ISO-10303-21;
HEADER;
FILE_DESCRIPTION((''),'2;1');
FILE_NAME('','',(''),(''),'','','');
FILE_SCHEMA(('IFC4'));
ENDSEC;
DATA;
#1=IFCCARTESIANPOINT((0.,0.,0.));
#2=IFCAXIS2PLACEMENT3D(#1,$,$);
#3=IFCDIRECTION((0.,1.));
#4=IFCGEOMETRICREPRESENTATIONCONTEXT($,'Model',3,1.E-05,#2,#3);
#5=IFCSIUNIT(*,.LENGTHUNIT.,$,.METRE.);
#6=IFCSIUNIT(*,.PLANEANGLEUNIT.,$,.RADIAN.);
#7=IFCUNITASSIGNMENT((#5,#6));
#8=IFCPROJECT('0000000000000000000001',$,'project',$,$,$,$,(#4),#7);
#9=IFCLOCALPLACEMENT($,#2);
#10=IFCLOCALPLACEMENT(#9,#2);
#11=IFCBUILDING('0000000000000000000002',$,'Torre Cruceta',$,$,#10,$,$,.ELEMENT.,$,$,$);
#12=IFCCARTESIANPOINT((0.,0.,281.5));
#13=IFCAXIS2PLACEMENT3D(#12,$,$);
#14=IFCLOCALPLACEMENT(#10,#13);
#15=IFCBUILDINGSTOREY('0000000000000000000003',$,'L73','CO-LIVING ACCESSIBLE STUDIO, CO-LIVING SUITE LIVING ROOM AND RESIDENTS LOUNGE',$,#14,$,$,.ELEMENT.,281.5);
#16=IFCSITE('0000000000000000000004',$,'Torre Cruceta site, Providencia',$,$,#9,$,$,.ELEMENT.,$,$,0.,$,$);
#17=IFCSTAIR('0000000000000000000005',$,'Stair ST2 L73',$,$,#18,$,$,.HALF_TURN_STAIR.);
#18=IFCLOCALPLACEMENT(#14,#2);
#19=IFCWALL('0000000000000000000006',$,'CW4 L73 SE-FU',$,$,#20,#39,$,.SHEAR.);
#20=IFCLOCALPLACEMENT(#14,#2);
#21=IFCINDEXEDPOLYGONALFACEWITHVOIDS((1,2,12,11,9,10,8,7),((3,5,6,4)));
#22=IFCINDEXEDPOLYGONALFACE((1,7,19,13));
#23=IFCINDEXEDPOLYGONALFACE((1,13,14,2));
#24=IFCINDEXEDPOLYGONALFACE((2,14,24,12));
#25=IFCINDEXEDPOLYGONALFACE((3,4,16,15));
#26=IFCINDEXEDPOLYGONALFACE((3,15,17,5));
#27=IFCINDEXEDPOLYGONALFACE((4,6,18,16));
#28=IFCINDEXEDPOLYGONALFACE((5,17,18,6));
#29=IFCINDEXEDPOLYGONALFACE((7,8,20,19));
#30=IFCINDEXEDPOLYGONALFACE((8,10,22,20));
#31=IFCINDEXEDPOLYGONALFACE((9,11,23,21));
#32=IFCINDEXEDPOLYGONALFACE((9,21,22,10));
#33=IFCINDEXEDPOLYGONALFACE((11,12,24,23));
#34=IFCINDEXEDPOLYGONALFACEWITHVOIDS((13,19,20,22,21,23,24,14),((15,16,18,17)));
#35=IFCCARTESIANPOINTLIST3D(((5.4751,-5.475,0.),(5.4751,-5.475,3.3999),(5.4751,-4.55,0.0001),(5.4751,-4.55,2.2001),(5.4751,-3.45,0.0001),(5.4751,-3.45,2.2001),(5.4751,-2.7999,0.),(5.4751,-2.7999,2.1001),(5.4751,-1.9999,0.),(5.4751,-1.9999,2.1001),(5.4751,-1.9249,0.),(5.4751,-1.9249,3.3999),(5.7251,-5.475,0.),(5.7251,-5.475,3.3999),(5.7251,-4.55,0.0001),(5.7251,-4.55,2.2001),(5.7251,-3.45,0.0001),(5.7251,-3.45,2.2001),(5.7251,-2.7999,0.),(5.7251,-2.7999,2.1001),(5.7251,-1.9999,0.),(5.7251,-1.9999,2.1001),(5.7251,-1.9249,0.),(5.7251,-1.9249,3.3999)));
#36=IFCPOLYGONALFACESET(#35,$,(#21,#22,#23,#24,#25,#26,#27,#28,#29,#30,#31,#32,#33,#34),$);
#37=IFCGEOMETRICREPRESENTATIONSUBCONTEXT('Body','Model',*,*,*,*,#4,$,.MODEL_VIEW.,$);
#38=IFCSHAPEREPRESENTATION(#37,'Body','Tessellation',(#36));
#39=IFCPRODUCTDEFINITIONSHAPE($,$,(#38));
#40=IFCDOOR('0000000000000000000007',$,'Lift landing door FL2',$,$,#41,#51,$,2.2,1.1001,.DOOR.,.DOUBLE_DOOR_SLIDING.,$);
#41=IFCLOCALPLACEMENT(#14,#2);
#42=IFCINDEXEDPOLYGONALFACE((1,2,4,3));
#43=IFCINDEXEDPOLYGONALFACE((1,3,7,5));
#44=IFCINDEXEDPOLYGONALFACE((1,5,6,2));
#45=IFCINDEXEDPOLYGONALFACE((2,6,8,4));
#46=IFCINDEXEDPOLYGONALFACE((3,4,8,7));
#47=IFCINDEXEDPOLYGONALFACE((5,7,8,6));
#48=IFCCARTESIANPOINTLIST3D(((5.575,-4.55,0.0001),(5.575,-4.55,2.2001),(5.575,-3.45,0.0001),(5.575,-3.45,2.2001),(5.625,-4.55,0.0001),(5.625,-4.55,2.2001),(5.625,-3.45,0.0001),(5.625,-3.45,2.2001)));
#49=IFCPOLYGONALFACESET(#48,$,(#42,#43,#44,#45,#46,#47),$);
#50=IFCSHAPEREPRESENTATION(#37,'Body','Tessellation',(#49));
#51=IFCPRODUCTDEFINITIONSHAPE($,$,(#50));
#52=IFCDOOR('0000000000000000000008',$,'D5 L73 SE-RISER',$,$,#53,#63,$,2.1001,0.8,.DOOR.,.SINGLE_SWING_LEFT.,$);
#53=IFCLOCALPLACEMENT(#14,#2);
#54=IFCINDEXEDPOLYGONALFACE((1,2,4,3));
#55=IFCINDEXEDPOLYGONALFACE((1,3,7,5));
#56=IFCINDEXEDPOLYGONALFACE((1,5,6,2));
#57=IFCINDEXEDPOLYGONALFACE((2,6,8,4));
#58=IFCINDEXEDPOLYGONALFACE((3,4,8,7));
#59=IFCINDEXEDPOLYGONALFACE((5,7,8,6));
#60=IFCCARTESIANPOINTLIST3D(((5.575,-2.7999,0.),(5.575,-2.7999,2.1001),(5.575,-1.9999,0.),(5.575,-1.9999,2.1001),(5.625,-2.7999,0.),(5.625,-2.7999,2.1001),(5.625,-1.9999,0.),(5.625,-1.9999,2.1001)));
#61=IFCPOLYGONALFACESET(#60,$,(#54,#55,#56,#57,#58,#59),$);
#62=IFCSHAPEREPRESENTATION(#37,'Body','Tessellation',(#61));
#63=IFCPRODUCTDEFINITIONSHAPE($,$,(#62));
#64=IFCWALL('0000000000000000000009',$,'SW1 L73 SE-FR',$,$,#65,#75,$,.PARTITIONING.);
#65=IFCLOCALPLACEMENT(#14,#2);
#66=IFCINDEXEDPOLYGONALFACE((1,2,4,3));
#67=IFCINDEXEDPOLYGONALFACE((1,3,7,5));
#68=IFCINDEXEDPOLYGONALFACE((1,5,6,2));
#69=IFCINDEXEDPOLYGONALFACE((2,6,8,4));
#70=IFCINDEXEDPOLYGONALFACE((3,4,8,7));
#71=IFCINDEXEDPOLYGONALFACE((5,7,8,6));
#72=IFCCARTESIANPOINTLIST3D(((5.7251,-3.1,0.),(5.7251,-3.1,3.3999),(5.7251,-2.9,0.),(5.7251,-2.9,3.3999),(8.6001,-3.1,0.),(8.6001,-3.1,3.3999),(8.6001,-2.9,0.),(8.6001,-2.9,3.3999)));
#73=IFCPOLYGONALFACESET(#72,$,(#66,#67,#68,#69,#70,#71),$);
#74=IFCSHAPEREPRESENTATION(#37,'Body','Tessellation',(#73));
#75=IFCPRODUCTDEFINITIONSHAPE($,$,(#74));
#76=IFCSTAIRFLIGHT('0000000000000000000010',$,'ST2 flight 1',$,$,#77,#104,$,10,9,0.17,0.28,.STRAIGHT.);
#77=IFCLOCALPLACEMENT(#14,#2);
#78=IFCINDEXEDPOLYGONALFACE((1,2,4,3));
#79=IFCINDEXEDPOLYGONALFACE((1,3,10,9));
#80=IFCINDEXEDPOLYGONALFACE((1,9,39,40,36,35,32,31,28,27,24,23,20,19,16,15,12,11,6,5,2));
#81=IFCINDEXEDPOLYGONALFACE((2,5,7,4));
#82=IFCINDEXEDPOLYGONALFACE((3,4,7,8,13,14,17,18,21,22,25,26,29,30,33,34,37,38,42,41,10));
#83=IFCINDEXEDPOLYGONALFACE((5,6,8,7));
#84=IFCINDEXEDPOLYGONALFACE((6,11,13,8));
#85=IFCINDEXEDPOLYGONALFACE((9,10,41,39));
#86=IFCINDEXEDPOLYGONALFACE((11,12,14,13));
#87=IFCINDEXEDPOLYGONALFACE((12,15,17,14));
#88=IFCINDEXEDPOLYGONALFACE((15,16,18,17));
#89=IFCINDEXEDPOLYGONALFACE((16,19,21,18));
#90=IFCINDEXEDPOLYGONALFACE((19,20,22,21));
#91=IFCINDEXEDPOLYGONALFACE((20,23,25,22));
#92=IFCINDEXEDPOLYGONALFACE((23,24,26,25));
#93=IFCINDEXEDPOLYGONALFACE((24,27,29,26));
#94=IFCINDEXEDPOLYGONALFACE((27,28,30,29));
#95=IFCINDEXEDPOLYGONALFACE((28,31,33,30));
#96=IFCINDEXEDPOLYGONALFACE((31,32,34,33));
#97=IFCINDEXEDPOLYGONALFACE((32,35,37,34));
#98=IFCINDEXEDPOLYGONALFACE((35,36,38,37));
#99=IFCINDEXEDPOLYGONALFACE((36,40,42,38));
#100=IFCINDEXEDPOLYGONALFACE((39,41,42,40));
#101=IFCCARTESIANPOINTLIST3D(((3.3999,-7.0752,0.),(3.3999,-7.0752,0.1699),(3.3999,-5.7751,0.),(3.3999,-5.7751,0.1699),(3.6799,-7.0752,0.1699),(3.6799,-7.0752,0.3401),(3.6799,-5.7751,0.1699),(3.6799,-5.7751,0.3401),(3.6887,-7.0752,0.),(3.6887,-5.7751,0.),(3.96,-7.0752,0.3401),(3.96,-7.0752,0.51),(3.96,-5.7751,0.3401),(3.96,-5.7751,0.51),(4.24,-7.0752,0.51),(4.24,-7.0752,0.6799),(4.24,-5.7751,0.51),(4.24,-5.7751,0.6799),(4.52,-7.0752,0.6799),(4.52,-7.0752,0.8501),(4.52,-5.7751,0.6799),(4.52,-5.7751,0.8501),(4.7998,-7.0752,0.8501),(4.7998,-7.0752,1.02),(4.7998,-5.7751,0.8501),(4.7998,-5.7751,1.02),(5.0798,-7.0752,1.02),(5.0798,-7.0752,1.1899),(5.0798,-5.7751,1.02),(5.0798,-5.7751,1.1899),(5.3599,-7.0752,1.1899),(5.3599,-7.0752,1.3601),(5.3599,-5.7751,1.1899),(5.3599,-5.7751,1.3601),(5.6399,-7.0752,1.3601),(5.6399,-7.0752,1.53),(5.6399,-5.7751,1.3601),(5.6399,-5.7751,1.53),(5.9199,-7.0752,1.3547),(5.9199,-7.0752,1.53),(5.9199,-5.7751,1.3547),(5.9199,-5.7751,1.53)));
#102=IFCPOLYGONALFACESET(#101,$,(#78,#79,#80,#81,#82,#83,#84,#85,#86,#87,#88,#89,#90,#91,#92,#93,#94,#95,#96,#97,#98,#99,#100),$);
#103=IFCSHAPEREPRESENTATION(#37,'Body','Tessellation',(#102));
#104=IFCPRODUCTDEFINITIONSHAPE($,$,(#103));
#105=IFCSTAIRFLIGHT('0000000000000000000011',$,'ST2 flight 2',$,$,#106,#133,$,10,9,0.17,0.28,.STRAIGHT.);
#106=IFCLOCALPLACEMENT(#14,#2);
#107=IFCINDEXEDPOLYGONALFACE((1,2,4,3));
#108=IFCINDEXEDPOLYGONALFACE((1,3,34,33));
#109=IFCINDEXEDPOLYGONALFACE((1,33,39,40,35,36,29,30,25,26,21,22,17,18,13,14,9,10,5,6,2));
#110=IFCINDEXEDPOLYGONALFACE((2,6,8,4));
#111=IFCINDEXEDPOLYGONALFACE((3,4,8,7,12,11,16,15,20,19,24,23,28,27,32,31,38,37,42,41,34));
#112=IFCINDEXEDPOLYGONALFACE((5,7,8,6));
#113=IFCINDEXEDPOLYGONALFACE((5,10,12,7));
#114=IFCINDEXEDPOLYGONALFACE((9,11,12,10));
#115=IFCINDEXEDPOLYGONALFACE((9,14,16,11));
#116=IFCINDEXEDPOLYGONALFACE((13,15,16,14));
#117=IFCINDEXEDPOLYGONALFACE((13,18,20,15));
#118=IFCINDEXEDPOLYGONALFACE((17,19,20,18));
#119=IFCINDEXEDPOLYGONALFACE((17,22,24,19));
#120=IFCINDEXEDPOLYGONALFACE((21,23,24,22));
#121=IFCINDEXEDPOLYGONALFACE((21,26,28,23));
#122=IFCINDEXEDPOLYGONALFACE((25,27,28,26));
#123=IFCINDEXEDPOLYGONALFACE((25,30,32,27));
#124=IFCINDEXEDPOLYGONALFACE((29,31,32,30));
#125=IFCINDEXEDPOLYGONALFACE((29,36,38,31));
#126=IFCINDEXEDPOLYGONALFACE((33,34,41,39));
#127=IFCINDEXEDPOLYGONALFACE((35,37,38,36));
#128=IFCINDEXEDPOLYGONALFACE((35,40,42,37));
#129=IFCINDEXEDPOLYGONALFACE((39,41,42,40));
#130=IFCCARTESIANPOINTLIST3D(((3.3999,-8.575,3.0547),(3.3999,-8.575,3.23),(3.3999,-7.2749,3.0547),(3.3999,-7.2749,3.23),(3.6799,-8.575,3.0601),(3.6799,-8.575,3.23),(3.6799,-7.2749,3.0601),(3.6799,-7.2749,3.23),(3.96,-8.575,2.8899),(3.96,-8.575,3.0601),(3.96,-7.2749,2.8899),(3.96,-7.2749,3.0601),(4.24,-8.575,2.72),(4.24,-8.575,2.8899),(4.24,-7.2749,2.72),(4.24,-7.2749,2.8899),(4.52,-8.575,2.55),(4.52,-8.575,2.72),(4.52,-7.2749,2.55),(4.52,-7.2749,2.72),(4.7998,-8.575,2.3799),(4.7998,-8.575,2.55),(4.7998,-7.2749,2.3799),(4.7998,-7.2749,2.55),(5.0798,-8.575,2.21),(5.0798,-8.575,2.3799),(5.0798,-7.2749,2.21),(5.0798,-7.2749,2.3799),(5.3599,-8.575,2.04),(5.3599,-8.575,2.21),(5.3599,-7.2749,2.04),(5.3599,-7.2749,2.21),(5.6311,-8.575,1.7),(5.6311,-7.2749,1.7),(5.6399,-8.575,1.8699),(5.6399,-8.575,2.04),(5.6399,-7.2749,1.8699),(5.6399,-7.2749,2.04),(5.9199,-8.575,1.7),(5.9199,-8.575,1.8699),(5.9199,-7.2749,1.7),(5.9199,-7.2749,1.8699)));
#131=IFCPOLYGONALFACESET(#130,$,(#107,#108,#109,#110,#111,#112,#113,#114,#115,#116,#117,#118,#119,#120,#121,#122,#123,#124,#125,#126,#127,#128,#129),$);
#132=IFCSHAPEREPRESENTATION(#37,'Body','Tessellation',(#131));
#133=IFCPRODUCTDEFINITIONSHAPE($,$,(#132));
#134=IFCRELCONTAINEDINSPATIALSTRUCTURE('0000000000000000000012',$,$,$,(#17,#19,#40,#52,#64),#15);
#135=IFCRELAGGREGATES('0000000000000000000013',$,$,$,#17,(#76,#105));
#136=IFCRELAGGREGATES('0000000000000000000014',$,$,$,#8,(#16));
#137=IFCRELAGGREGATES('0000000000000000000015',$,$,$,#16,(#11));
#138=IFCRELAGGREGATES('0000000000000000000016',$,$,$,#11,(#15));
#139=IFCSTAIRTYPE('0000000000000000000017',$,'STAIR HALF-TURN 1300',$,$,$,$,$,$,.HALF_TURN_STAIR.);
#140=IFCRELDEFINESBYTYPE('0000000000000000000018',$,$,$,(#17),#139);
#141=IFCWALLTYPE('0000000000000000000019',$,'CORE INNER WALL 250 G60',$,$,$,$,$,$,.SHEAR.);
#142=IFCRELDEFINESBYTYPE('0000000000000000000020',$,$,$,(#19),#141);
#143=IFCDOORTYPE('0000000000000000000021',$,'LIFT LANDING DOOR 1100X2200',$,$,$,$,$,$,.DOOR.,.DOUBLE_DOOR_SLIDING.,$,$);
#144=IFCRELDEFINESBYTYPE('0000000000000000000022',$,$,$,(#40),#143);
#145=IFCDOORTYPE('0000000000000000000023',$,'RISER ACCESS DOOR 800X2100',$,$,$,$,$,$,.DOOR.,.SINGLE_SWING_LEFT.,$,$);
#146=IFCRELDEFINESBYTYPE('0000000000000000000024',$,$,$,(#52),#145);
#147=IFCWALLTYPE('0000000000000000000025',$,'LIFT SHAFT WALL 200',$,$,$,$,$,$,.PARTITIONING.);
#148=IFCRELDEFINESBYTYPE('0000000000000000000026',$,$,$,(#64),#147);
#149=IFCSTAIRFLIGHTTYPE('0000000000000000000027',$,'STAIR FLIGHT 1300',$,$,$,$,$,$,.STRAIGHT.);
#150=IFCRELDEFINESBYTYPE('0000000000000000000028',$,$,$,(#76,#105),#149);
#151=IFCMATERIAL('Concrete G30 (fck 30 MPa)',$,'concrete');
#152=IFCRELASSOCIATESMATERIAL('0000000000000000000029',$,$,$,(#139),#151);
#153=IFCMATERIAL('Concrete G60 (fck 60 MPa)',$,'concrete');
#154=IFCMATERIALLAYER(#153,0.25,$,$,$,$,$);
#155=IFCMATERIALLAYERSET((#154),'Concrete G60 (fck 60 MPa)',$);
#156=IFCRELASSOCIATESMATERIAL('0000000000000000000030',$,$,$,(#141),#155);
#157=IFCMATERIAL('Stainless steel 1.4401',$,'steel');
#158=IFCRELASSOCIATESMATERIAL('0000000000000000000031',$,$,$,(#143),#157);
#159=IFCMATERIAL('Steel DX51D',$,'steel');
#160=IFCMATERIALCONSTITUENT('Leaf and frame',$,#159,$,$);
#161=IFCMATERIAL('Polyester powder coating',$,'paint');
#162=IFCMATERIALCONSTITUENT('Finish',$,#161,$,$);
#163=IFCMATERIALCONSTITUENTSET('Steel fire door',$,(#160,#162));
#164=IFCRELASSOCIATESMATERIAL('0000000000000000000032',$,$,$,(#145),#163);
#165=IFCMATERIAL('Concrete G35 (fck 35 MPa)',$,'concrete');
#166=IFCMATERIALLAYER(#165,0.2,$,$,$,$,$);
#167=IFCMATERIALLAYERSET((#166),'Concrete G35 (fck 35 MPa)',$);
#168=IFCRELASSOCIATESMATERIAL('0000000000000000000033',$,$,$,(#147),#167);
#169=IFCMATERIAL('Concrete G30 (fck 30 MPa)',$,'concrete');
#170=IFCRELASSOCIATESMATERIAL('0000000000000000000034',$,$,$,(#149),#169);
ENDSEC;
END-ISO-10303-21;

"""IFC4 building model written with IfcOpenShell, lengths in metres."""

from ifc_helpers import new_model, si_unit, direction, frame, frame_2d, origin, place, context, subcontext, project, spatial, polyline, rectangle, outline, extrude, material, layer, layer_set, constituent, constituent_set, type_object, element, fill, aggregate, save


model = new_model("IFC4")

# Units and contexts
model_context = context("Model", 3, precision=1e-05, world=origin(), true_north=direction((0.0, 1.0)))
body_context = subcontext(model_context, "Body", "Model", "MODEL_VIEW")
ifc_project = project(units=[si_unit("LENGTHUNIT", "METRE"), si_unit("PLANEANGLEUNIT", "RADIAN")], contexts=[model_context])

# Site, building, storey
site_placement = place(None, origin())
site = spatial("IfcSite", under=ifc_project, at=site_placement, Name="Torre Cruceta site, Providencia", CompositionType="ELEMENT", RefElevation=0.0)
building_placement = place(site_placement, origin())
building = spatial("IfcBuilding", under=site, at=building_placement, Name="Torre Cruceta", CompositionType="ELEMENT")
storey_placement = place(building_placement, frame((0.0, 0.0, 281.5)))
storey = spatial("IfcBuildingStorey", under=building, at=storey_placement, Name="L73", Description="CO-LIVING ACCESSIBLE STUDIO, CO-LIVING SUITE LIVING ROOM AND RESIDENTS LOUNGE", CompositionType="ELEMENT", Elevation=281.5)

# Stair
ifc_material_1 = material(Name="Concrete G30 (fck 30 MPa)", Category="concrete")
stair_type = type_object("IfcStairType", Name="STAIR HALF-TURN 1300", PredefinedType="HALF_TURN_STAIR", material=ifc_material_1)
stair_placement = place(storey_placement, origin())
stair = element("IfcStair", 1, at=stair_placement, inside=storey, type_object=stair_type, Name="Stair ST2 L73", PredefinedType="HALF_TURN_STAIR")

# Shared definitions
ifc_material_2 = material(Name="Concrete G60 (fck 60 MPa)", Category="concrete")
ifc_layer_1 = layer(ifc_material_2, 0.25)
ifc_layer_set_1 = layer_set([ifc_layer_1], Name="Concrete G60 (fck 60 MPa)")
wall_type_1 = type_object("IfcWallType", Name="CORE INNER WALL 250 G60", PredefinedType="SHEAR", material=ifc_layer_set_1)

# Wall, openings, doors
wall_1_placement = place(storey_placement, frame((5.6001, -1.925, 0.0), z_axis=(0.0, 0.0, 1.0), x_axis=(0.0, -1.0, 0.0)))
wall_1 = element("IfcWall", 2, at=wall_1_placement, inside=storey, type_object=wall_type_1, Name="CW4 L73 SE-FU", PredefinedType="SHEAR", context=body_context, shape_type="SweptSolid", body=[
    extrude(rectangle(XDim=3.55, YDim=0.25, at=frame_2d((1.7749, 0.0))), origin(), (0.0, 0.0, 1.0), 3.3999),
])
opening_1_placement = place(wall_1_placement, frame((1.5249, 0.0, 0.0)))
opening_1 = element("IfcOpeningElement", 3, at=opening_1_placement, cuts=wall_1, PredefinedType="OPENING", context=body_context, shape_type="SweptSolid", body=[
    extrude(rectangle(XDim=1.1001, YDim=2.2, at=frame_2d((0.55, 1.1001))), frame((0.0, 0.135, 0.0), z_axis=(0.0, -1.0, 0.0), x_axis=(1.0, 0.0, 0.0)), (0.0, 0.0, 1.0), 0.27),
])
opening_2_placement = place(wall_1_placement, frame((0.075, 0.0, 0.0)))
opening_2 = element("IfcOpeningElement", 4, at=opening_2_placement, cuts=wall_1, PredefinedType="OPENING", context=body_context, shape_type="SweptSolid", body=[
    extrude(rectangle(XDim=0.8, YDim=2.1001, at=frame_2d((0.3999, 1.05))), frame((0.0, 0.135, 0.0), z_axis=(0.0, -1.0, 0.0), x_axis=(1.0, 0.0, 0.0)), (0.0, 0.0, 1.0), 0.27),
])
ifc_material_3 = material(Name="Stainless steel 1.4401", Category="steel")
door_type_1 = type_object("IfcDoorType", Name="LIFT LANDING DOOR 1100X2200", OperationType="DOUBLE_DOOR_SLIDING", PredefinedType="DOOR", material=ifc_material_3)
door_1_placement = place(opening_1_placement, origin())
door_1 = element("IfcDoor", 5, at=door_1_placement, inside=storey, type_object=door_type_1, Name="Lift landing door FL2", OperationType="DOUBLE_DOOR_SLIDING", OverallHeight=2.2, OverallWidth=1.1001, PredefinedType="DOOR", context=body_context, shape_type="SweptSolid", body=[
    extrude(rectangle(XDim=1.1001, YDim=2.2, at=frame_2d((0.55, 1.1001))), frame((0.0, 0.0249, 0.0), z_axis=(0.0, -1.0, 0.0), x_axis=(1.0, 0.0, 0.0)), (0.0, 0.0, 1.0), 0.05),
])
fill(opening_1, door_1)
ifc_material_4 = material(Name="Steel DX51D", Category="steel")
ifc_constituent_1 = constituent(ifc_material_4, Name="Leaf and frame")
ifc_material_5 = material(Name="Polyester powder coating", Category="paint")
ifc_constituent_2 = constituent(ifc_material_5, Name="Finish")
ifc_constituent_set_1 = constituent_set(constituents=[ifc_constituent_1, ifc_constituent_2], Name="Steel fire door")
door_type_2 = type_object("IfcDoorType", Name="RISER ACCESS DOOR 800X2100", OperationType="SINGLE_SWING_LEFT", PredefinedType="DOOR", material=ifc_constituent_set_1)
door_2_placement = place(opening_2_placement, origin())
door_2 = element("IfcDoor", 6, at=door_2_placement, inside=storey, type_object=door_type_2, Name="D5 L73 SE-RISER", OperationType="SINGLE_SWING_LEFT", OverallHeight=2.1001, OverallWidth=0.8, PredefinedType="DOOR", context=body_context, shape_type="SweptSolid", body=[
    extrude(rectangle(XDim=0.8, YDim=2.1001, at=frame_2d((0.3999, 1.05))), frame((0.0, 0.0249, 0.0), z_axis=(0.0, -1.0, 0.0), x_axis=(1.0, 0.0, 0.0)), (0.0, 0.0, 1.0), 0.05),
])
fill(opening_2, door_2)

# Wall
ifc_material_6 = material(Name="Concrete G35 (fck 35 MPa)", Category="concrete")
ifc_layer_2 = layer(ifc_material_6, 0.2)
ifc_layer_set_2 = layer_set([ifc_layer_2], Name="Concrete G35 (fck 35 MPa)")
wall_type_2 = type_object("IfcWallType", Name="LIFT SHAFT WALL 200", PredefinedType="PARTITIONING", material=ifc_layer_set_2)
wall_2_placement = place(storey_placement, frame((5.7251, -3.0, 0.0), z_axis=(0.0, 0.0, 1.0), x_axis=(1.0, 0.0, 0.0)))
element("IfcWall", 7, at=wall_2_placement, inside=storey, type_object=wall_type_2, Name="SW1 L73 SE-FR", PredefinedType="PARTITIONING", context=body_context, shape_type="SweptSolid", body=[
    extrude(rectangle(XDim=2.875, YDim=0.2, at=frame_2d((1.4375, 0.0))), origin(), (0.0, 0.0, 1.0), 3.3999),
])

# Stair flights
ifc_material_7 = material(Name="Concrete G30 (fck 30 MPa)", Category="concrete")
stair_flight_type = type_object("IfcStairFlightType", Name="STAIR FLIGHT 1300", PredefinedType="STRAIGHT", material=ifc_material_7)
stair_flight_1_placement = place(storey_placement, frame((3.3999, -6.425, 0.0), z_axis=(0.0, 0.0, 1.0), x_axis=(1.0, 0.0, 0.0)))
stair_flight_1 = element("IfcStairFlight", 8, at=stair_flight_1_placement, type_object=stair_flight_type, Name="ST2 flight 1", NumberOfRisers=10, NumberOfTreads=9, PredefinedType="STRAIGHT", RiserHeight=0.17, TreadLength=0.28, context=body_context, shape_type="SweptSolid", body=[
    extrude(outline(polyline([(0.0, 0.0), (0.0, 0.1699), (0.28, 0.1699), (0.28, 0.3401), (0.5601, 0.3401), (0.5601, 0.51), (0.8401, 0.51), (0.8401, 0.6799), (1.1201, 0.6799), (1.1201, 0.8501), (1.3999, 0.8501), (1.3999, 1.02), (1.6799, 1.02), (1.6799, 1.1899), (1.96, 1.1899), (1.96, 1.3601), (2.24, 1.3601), (2.24, 1.53), (2.52, 1.53), (2.52, 1.7), (2.52, 1.3547), (0.2888, 0.0), (0.0, 0.0)])), frame((0.0, 0.6499, 0.0), z_axis=(0.0, -1.0, 0.0), x_axis=(1.0, 0.0, 0.0)), (0.0, 0.0, 1.0), 1.3),
])
stair_flight_2_placement = place(storey_placement, frame((5.9199, -7.925, 1.7), z_axis=(0.0, 0.0, 1.0), x_axis=(-1.0, 0.0, 0.0)))
stair_flight_2 = element("IfcStairFlight", 9, at=stair_flight_2_placement, type_object=stair_flight_type, Name="ST2 flight 2", NumberOfRisers=10, NumberOfTreads=9, PredefinedType="STRAIGHT", RiserHeight=0.17, TreadLength=0.28, context=body_context, shape_type="SweptSolid", body=[
    extrude(outline(polyline([(0.0, 0.0), (0.0, 0.1699), (0.28, 0.1699), (0.28, 0.3401), (0.5601, 0.3401), (0.5601, 0.51), (0.8401, 0.51), (0.8401, 0.6799), (1.1201, 0.6799), (1.1201, 0.8501), (1.3999, 0.8501), (1.3999, 1.02), (1.6799, 1.02), (1.6799, 1.1899), (1.96, 1.1899), (1.96, 1.3601), (2.24, 1.3601), (2.24, 1.53), (2.52, 1.53), (2.52, 1.7), (2.52, 1.3547), (0.2888, 0.0), (0.0, 0.0)])), frame((0.0, 0.6499, 0.0), z_axis=(0.0, -1.0, 0.0), x_axis=(1.0, 0.0, 0.0)), (0.0, 0.0, 1.0), 1.3),
])
aggregate(stair, [stair_flight_1, stair_flight_2])

save(model, "model.ifc")
